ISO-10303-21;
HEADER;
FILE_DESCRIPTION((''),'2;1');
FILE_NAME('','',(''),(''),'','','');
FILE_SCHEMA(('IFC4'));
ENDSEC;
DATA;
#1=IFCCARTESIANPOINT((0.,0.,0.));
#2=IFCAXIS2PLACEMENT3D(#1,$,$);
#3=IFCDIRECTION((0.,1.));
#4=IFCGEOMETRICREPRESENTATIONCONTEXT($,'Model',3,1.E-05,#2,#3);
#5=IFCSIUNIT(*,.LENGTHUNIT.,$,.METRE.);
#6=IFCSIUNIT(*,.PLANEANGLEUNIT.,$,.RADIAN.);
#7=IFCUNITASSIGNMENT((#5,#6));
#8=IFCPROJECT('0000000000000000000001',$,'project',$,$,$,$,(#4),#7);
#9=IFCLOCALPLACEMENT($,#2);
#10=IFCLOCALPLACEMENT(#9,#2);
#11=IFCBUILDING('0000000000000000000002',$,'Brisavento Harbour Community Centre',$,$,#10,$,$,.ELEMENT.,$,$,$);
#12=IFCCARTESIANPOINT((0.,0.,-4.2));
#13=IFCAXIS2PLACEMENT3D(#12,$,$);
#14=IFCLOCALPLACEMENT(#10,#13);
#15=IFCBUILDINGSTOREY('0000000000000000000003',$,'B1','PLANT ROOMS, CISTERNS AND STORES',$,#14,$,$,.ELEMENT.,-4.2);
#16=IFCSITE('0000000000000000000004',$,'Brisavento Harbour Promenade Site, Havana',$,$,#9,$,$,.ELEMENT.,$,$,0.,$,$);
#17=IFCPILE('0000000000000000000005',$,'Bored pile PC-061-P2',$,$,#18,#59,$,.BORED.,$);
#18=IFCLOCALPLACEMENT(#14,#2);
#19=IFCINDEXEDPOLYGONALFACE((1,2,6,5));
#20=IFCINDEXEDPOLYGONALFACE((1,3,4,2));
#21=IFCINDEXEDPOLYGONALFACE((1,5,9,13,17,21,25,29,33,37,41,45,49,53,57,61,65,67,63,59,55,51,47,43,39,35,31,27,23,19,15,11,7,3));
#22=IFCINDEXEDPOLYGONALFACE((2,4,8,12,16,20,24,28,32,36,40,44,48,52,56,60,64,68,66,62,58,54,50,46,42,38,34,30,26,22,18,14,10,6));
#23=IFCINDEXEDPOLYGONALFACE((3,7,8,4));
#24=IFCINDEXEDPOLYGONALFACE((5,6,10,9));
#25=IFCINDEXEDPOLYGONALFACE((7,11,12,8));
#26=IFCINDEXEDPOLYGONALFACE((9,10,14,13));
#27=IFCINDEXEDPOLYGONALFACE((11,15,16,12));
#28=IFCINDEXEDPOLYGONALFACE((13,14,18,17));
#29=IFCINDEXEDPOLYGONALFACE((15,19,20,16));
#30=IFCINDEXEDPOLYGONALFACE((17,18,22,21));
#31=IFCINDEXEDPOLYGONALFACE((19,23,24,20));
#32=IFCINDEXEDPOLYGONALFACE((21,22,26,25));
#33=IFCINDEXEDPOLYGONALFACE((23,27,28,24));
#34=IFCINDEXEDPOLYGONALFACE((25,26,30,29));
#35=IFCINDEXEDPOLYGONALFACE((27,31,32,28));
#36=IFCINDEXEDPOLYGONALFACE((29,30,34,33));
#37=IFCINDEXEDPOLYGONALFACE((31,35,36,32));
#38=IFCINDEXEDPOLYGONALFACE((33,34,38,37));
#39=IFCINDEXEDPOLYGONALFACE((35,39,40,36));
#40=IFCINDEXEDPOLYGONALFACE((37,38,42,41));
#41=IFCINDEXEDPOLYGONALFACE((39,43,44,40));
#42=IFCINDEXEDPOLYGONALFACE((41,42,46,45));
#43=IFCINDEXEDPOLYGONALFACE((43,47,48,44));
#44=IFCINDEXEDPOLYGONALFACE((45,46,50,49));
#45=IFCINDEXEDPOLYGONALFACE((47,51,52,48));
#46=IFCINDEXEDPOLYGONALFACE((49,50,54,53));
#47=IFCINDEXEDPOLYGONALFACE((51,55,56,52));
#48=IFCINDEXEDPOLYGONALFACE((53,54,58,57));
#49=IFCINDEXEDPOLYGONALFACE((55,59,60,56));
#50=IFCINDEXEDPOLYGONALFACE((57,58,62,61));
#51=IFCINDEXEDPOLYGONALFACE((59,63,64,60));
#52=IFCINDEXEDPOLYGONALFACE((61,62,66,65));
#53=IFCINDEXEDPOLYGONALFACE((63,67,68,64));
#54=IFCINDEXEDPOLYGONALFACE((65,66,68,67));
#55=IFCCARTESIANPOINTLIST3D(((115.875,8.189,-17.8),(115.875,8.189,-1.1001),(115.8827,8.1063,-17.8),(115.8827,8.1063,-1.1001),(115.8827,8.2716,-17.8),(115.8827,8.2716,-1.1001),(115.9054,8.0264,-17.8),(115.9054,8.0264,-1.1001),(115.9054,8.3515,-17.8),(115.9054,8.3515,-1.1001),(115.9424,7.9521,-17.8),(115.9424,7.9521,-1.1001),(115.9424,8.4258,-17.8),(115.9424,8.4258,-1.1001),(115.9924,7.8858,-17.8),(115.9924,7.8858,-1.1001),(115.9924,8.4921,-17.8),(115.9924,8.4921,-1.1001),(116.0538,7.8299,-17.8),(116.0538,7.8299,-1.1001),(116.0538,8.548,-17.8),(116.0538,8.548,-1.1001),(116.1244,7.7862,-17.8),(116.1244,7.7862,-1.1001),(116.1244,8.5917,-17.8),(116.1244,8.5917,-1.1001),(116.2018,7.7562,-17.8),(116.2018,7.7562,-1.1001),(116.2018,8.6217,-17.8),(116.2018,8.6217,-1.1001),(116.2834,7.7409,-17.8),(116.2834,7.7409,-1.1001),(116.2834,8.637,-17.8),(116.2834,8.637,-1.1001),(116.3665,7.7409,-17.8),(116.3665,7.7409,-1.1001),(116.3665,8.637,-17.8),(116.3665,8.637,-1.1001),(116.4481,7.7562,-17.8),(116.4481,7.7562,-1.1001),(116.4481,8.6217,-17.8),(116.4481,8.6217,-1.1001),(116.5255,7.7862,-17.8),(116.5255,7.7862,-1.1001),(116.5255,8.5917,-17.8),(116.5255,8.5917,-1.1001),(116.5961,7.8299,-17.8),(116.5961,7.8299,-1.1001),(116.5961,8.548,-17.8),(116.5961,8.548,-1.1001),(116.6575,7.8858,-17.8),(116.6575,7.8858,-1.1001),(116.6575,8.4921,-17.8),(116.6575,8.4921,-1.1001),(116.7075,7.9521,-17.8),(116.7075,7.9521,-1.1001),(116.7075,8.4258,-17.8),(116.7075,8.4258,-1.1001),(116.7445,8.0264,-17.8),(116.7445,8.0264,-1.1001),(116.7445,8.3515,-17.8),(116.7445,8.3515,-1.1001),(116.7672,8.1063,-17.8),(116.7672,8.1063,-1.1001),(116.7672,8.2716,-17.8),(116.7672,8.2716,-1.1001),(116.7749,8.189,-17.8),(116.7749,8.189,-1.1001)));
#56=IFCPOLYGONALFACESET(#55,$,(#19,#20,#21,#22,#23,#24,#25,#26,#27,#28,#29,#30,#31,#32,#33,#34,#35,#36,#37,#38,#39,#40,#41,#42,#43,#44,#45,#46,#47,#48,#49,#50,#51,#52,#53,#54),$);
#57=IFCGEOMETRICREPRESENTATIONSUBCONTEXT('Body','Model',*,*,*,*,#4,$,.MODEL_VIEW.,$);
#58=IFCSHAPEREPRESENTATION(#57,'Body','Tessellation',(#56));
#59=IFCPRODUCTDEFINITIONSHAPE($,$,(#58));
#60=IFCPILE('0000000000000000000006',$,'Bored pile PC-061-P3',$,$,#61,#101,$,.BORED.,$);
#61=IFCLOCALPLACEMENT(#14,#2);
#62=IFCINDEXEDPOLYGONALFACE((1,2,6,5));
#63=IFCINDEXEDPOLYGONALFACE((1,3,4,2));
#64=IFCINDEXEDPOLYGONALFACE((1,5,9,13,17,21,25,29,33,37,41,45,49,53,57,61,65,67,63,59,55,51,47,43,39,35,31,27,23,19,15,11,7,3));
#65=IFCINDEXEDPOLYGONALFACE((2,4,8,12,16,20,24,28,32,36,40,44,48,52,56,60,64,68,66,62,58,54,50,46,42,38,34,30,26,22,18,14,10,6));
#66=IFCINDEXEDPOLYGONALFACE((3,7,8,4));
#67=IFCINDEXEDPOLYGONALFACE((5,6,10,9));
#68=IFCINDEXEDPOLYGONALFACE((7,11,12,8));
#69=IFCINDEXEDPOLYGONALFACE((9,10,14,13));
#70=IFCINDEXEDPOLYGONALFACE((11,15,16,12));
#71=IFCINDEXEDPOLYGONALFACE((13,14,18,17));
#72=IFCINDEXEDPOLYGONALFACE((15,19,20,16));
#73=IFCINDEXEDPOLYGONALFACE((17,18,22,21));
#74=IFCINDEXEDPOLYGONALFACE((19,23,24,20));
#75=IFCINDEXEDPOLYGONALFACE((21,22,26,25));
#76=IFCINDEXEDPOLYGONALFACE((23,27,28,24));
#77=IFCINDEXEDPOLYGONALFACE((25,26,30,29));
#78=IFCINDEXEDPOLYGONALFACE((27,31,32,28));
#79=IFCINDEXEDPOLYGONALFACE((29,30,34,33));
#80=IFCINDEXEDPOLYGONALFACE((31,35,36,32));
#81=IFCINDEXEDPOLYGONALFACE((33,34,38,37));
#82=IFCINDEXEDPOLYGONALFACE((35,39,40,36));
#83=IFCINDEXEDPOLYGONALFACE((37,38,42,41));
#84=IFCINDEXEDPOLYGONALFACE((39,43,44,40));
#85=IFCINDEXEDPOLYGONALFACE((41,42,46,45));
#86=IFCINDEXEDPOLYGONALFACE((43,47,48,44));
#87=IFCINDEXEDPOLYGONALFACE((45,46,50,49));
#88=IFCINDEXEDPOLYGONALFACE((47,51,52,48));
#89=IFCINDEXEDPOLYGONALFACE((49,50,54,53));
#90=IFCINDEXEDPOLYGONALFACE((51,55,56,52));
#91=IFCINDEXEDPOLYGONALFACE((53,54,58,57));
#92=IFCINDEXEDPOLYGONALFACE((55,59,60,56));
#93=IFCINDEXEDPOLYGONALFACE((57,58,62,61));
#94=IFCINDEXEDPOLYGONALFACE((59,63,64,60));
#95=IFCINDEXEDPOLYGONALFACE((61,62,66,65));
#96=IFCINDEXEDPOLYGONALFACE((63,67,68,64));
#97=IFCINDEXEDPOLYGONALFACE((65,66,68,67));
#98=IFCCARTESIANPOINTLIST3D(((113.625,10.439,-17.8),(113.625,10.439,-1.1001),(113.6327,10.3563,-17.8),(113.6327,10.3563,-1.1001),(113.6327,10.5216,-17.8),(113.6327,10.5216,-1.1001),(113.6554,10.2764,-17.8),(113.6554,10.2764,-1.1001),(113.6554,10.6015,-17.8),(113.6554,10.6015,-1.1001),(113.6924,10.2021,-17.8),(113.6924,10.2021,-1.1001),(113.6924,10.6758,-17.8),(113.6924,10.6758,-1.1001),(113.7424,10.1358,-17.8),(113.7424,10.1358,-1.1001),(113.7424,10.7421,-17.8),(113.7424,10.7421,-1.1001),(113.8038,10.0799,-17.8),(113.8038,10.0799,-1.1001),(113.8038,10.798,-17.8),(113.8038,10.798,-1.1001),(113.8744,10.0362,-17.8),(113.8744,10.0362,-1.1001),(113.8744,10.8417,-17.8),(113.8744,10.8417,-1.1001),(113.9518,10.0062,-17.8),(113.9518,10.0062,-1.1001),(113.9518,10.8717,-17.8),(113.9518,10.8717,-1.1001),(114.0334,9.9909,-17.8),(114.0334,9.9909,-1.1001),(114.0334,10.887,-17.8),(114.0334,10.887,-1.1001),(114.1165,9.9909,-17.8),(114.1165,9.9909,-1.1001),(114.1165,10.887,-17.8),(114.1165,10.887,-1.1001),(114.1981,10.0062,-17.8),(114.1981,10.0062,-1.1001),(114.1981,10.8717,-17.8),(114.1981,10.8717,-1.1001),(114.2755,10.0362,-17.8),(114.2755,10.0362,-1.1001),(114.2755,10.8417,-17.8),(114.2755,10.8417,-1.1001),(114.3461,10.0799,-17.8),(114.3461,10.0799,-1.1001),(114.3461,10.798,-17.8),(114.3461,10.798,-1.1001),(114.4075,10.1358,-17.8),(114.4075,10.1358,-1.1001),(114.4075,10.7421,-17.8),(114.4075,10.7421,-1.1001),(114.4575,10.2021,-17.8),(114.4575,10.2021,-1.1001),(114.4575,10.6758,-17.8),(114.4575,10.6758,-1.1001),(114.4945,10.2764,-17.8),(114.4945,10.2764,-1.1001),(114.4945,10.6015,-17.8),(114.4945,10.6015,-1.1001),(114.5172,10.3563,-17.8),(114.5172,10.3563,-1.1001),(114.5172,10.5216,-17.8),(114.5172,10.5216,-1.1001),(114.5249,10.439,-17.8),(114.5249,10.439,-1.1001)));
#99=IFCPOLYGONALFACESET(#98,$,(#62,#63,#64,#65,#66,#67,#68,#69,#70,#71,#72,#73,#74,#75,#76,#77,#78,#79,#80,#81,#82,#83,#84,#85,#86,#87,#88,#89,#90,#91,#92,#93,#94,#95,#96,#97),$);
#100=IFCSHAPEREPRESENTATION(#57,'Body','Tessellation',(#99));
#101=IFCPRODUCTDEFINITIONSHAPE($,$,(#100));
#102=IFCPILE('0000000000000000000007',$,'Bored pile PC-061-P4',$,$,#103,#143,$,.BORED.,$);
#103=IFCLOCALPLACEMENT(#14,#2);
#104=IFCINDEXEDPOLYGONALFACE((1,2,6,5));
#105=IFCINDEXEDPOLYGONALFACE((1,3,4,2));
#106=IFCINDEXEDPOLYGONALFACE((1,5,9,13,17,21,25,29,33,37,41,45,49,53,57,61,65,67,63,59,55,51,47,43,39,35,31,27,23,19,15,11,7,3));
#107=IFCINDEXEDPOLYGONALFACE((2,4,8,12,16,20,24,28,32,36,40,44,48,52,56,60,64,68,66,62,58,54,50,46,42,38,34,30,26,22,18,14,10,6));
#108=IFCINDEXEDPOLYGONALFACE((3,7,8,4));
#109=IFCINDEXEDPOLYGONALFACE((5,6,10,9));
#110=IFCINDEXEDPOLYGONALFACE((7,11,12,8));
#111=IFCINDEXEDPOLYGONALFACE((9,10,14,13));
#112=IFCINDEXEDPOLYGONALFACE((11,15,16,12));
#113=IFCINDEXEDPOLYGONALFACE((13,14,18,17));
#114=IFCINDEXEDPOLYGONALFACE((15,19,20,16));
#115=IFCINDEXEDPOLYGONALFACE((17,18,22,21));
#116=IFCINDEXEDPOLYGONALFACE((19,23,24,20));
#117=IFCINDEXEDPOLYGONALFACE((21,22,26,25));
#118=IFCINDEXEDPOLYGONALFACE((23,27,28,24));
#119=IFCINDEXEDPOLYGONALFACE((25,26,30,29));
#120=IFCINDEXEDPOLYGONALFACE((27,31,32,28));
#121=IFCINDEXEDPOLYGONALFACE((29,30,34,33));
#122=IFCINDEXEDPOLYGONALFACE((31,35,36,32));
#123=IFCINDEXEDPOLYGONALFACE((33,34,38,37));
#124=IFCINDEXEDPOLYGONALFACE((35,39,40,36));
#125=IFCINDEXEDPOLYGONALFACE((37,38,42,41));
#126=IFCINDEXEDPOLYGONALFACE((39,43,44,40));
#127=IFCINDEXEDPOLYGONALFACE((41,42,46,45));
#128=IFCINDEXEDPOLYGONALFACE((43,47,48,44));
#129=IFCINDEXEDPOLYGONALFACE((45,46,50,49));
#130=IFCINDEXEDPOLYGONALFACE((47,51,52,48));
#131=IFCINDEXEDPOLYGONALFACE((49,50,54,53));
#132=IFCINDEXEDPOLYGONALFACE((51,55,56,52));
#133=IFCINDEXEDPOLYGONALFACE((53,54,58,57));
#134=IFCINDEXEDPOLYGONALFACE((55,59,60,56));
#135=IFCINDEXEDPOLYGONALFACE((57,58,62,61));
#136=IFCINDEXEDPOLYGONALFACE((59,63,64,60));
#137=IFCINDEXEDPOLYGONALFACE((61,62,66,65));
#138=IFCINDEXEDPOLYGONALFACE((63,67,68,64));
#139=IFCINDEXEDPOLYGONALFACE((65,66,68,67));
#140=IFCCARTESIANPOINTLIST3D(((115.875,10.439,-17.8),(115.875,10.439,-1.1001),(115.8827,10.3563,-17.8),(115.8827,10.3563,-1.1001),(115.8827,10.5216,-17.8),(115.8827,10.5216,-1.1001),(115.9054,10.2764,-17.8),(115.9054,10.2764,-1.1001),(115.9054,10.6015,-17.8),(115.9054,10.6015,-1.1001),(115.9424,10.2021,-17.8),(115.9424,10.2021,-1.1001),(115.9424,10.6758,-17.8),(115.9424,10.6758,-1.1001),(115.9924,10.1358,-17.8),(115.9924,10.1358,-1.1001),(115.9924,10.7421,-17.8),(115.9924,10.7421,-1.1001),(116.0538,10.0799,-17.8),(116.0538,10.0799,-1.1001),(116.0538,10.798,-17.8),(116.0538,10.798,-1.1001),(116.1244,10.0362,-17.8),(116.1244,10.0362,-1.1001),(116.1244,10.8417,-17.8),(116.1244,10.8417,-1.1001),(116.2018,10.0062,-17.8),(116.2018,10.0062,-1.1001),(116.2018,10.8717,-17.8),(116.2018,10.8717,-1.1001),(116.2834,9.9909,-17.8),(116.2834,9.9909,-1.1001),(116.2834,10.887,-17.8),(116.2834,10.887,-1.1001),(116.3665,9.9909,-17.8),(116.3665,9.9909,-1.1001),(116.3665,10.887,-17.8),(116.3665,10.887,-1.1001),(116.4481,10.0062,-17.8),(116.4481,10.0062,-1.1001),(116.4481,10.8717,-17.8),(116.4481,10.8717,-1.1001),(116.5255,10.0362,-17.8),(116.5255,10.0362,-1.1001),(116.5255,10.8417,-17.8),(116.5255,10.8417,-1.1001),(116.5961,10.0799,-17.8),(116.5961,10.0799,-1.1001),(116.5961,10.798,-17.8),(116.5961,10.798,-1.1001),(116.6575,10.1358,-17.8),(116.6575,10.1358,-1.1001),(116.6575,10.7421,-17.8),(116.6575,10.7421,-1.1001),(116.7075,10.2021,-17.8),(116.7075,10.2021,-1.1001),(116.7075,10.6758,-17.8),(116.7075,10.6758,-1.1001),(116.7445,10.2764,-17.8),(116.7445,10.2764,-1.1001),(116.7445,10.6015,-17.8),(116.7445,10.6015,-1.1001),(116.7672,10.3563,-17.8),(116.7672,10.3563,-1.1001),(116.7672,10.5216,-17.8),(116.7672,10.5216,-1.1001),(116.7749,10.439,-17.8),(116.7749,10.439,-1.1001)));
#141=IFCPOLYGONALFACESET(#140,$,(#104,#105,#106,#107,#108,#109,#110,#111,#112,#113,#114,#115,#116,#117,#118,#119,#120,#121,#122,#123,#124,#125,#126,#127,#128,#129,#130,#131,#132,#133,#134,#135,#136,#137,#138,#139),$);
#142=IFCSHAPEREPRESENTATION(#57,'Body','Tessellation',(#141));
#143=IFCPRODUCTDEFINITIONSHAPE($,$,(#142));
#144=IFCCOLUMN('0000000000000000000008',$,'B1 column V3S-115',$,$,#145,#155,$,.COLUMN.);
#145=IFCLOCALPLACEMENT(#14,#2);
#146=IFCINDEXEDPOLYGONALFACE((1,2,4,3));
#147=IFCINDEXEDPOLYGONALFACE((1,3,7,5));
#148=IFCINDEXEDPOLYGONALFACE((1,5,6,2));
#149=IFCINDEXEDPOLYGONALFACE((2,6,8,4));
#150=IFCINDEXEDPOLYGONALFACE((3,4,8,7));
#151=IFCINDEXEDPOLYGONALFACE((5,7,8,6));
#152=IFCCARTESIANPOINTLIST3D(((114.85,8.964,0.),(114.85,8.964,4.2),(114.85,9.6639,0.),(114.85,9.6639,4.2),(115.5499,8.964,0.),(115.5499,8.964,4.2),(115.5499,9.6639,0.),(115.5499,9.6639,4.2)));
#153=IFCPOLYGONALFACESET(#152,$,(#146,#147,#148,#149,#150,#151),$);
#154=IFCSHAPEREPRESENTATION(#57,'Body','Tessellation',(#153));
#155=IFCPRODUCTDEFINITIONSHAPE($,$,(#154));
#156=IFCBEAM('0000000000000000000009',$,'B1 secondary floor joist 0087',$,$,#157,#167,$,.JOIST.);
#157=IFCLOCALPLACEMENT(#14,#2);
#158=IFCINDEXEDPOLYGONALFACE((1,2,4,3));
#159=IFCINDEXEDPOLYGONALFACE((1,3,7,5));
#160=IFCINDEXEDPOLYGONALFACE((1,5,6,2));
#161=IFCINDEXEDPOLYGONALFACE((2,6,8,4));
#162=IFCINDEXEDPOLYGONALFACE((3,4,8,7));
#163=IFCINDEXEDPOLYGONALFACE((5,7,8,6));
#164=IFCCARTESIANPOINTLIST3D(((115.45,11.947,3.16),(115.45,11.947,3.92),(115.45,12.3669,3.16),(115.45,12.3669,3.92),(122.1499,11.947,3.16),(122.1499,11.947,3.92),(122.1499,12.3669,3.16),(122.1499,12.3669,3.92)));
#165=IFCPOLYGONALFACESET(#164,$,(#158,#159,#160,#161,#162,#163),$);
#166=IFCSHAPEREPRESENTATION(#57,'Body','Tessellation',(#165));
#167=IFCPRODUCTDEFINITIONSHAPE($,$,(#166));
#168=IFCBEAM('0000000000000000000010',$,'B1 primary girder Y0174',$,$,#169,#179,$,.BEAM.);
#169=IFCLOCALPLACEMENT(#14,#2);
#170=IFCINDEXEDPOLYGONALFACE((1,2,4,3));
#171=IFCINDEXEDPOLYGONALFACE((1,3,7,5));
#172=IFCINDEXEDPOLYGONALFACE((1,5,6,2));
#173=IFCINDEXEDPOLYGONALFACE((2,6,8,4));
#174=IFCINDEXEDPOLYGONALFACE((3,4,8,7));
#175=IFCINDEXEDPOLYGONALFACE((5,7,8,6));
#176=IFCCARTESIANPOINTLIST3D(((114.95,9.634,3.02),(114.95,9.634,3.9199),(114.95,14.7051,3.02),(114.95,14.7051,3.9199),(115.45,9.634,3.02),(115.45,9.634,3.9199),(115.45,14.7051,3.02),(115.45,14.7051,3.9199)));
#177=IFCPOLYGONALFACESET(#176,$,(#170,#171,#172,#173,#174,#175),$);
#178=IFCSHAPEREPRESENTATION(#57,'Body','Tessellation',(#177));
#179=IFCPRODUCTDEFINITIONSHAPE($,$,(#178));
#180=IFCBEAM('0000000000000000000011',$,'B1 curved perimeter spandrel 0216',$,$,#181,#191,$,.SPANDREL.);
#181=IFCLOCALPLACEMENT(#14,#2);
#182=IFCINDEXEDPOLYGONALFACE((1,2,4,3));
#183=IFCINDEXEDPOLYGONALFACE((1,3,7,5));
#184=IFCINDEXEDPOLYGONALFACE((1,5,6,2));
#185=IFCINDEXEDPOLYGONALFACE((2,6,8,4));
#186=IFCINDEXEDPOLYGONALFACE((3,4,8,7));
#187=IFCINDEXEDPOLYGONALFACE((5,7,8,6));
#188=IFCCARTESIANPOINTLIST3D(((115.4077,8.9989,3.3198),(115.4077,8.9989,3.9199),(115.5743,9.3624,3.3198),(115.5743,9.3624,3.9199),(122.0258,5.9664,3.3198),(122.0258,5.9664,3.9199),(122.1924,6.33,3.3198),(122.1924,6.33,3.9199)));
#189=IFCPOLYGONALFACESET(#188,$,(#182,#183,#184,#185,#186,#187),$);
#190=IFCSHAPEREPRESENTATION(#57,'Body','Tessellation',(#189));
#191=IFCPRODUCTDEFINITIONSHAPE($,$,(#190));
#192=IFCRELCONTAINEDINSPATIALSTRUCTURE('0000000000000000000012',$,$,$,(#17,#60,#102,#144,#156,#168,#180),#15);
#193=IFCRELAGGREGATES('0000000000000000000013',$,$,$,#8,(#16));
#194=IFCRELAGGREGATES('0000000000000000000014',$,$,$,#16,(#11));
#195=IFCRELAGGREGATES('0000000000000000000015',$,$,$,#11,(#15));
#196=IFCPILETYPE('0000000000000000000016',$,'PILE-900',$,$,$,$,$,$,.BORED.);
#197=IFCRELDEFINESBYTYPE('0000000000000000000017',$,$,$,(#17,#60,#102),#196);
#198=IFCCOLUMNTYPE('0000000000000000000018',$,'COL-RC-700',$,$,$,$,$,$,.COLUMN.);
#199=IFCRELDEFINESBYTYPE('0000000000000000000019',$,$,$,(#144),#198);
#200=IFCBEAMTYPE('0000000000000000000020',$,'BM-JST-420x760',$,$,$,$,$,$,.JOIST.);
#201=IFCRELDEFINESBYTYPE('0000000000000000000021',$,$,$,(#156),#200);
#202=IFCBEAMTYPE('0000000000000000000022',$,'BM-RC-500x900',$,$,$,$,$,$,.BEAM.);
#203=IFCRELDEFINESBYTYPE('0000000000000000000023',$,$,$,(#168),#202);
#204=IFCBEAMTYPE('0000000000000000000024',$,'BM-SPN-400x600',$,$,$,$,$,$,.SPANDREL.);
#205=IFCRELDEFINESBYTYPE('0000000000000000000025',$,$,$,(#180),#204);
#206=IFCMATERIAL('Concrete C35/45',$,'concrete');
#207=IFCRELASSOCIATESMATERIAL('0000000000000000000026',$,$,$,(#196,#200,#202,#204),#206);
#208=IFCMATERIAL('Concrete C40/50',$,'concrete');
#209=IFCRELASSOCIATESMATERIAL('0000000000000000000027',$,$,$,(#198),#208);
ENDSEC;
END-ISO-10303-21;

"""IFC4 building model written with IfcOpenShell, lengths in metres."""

from ifc_helpers import new_model, si_unit, direction, frame, origin, origin_2d, place, context, subcontext, project, spatial, rectangle, circle, extrude, material, material_profile, profile_set, type_object, element, save


model = new_model("IFC4")

# Units and contexts
model_context = context("Model", 3, precision=1e-05, world=origin(), true_north=direction((0.0, 1.0)))
body_context = subcontext(model_context, "Body", "Model", "MODEL_VIEW")
ifc_project = project(units=[si_unit("LENGTHUNIT", "METRE"), si_unit("PLANEANGLEUNIT", "RADIAN")], contexts=[model_context])

# Site, building, storey
site_placement = place(None, origin())
site = spatial("IfcSite", under=ifc_project, at=site_placement, Name="Brisavento Harbour Promenade Site, Havana", CompositionType="ELEMENT", RefElevation=0.0)
building_placement = place(site_placement, origin())
building = spatial("IfcBuilding", under=site, at=building_placement, Name="Brisavento Harbour Community Centre", CompositionType="ELEMENT")
storey_placement = place(building_placement, frame((0.0, 0.0, -4.2)))
storey = spatial("IfcBuildingStorey", under=building, at=storey_placement, Name="B1", Description="PLANT ROOMS, CISTERNS AND STORES", CompositionType="ELEMENT", Elevation=-4.2)

# Shared definitions
ifc_material_1 = material(Name="Concrete C35/45", Category="concrete")

# Piles
ifc_material_profile_1 = material_profile(ifc_material_1, circle(Radius=0.45, at=origin_2d()), Name="Concrete C35/45")
ifc_profile_set_1 = profile_set([ifc_material_profile_1], Name="Concrete C35/45")
pile_type_1 = type_object("IfcPileType", Name="PILE-900", PredefinedType="BORED", material=ifc_profile_set_1)
for number, where, z_axis, x_axis, name in (
    (1, (116.325, 8.189, -1.1001), (0.0, 0.0, -1.0), (1.0, 0.0, 0.0), "Bored pile PC-061-P2"),
    (2, (114.075, 10.439, -1.1001), (0.0, 0.0, -1.0), (1.0, 0.0, 0.0), "Bored pile PC-061-P3"),
    (3, (116.325, 10.439, -1.1001), (0.0, 0.0, -1.0), (1.0, 0.0, 0.0), "Bored pile PC-061-P4"),
):
    element("IfcPile", number, at=place(storey_placement, frame(where, z_axis=z_axis, x_axis=x_axis)), inside=storey, type_object=pile_type_1, Name=name, PredefinedType="BORED", context=body_context, shape_type="SweptSolid", body=[
        extrude(circle(Radius=0.45, at=origin_2d()), origin(), (0.0, 0.0, 1.0), 16.7),
    ])

# Column
ifc_material_2 = material(Name="Concrete C40/50", Category="concrete")
ifc_material_profile_2 = material_profile(ifc_material_2, rectangle(XDim=0.7, YDim=0.7, at=origin_2d()), Name="Concrete C40/50")
ifc_profile_set_2 = profile_set([ifc_material_profile_2], Name="Concrete C40/50")
column_type = type_object("IfcColumnType", Name="COL-RC-700", PredefinedType="COLUMN", material=ifc_profile_set_2)
column_placement = place(storey_placement, frame((115.2, 9.314, 0.0), z_axis=(0.0, 0.0, 1.0), x_axis=(1.0, 0.0, 0.0)))
element("IfcColumn", 4, at=column_placement, inside=storey, type_object=column_type, Name="B1 column V3S-115", PredefinedType="COLUMN", context=body_context, shape_type="SweptSolid", body=[
    extrude(rectangle(XDim=0.7, YDim=0.7, at=origin_2d()), origin(), (0.0, 0.0, 1.0), 4.2),
])

# Beams
ifc_material_profile_3 = material_profile(ifc_material_1, rectangle(XDim=0.4199, YDim=0.76, at=origin_2d()), Name="Concrete C35/45")
ifc_profile_set_3 = profile_set([ifc_material_profile_3], Name="Concrete C35/45")
beam_type_1 = type_object("IfcBeamType", Name="BM-JST-420x760", PredefinedType="JOIST", material=ifc_profile_set_3)
beam_1_placement = place(storey_placement, frame((115.45, 12.157, 3.54), z_axis=(1.0, 0.0, 0.0), x_axis=(0.0, 1.0, 0.0)))
element("IfcBeam", 5, at=beam_1_placement, inside=storey, type_object=beam_type_1, Name="B1 secondary floor joist 0087", PredefinedType="JOIST", context=body_context, shape_type="SweptSolid", body=[
    extrude(rectangle(XDim=0.4199, YDim=0.76, at=origin_2d()), origin(), (0.0, 0.0, 1.0), 6.7),
])
ifc_material_profile_4 = material_profile(ifc_material_1, rectangle(XDim=0.5, YDim=0.8999, at=origin_2d()), Name="Concrete C35/45")
ifc_profile_set_4 = profile_set([ifc_material_profile_4], Name="Concrete C35/45")
beam_type_2 = type_object("IfcBeamType", Name="BM-RC-500x900", PredefinedType="BEAM", material=ifc_profile_set_4)
beam_2_placement = place(storey_placement, frame((115.2, 9.634, 3.47), z_axis=(0.0, 1.0, 0.0), x_axis=(-1.0, 0.0, 0.0)))
element("IfcBeam", 6, at=beam_2_placement, inside=storey, type_object=beam_type_2, Name="B1 primary girder Y0174", PredefinedType="BEAM", context=body_context, shape_type="SweptSolid", body=[
    extrude(rectangle(XDim=0.5, YDim=0.8999, at=origin_2d()), origin(), (0.0, 0.0, 1.0), 5.071),
])
ifc_material_profile_5 = material_profile(ifc_material_1, rectangle(XDim=0.3999, YDim=0.6001, at=origin_2d()), Name="Concrete C35/45")
ifc_profile_set_5 = profile_set([ifc_material_profile_5], Name="Concrete C35/45")
beam_type_3 = type_object("IfcBeamType", Name="BM-SPN-400x600", PredefinedType="SPANDREL", material=ifc_profile_set_5)
beam_3_placement = place(storey_placement, frame((115.491, 9.1807, 3.6199), z_axis=(0.909109, -0.416558, 0.0), x_axis=(0.416558, 0.909109, 0.0)))
element("IfcBeam", 7, at=beam_3_placement, inside=storey, type_object=beam_type_3, Name="B1 curved perimeter spandrel 0216", PredefinedType="SPANDREL", context=body_context, shape_type="SweptSolid", body=[
    extrude(rectangle(XDim=0.3999, YDim=0.6001, at=origin_2d()), origin(), (0.0, 0.0, 1.0), 7.2798),
])

save(model, "model.ifc")
